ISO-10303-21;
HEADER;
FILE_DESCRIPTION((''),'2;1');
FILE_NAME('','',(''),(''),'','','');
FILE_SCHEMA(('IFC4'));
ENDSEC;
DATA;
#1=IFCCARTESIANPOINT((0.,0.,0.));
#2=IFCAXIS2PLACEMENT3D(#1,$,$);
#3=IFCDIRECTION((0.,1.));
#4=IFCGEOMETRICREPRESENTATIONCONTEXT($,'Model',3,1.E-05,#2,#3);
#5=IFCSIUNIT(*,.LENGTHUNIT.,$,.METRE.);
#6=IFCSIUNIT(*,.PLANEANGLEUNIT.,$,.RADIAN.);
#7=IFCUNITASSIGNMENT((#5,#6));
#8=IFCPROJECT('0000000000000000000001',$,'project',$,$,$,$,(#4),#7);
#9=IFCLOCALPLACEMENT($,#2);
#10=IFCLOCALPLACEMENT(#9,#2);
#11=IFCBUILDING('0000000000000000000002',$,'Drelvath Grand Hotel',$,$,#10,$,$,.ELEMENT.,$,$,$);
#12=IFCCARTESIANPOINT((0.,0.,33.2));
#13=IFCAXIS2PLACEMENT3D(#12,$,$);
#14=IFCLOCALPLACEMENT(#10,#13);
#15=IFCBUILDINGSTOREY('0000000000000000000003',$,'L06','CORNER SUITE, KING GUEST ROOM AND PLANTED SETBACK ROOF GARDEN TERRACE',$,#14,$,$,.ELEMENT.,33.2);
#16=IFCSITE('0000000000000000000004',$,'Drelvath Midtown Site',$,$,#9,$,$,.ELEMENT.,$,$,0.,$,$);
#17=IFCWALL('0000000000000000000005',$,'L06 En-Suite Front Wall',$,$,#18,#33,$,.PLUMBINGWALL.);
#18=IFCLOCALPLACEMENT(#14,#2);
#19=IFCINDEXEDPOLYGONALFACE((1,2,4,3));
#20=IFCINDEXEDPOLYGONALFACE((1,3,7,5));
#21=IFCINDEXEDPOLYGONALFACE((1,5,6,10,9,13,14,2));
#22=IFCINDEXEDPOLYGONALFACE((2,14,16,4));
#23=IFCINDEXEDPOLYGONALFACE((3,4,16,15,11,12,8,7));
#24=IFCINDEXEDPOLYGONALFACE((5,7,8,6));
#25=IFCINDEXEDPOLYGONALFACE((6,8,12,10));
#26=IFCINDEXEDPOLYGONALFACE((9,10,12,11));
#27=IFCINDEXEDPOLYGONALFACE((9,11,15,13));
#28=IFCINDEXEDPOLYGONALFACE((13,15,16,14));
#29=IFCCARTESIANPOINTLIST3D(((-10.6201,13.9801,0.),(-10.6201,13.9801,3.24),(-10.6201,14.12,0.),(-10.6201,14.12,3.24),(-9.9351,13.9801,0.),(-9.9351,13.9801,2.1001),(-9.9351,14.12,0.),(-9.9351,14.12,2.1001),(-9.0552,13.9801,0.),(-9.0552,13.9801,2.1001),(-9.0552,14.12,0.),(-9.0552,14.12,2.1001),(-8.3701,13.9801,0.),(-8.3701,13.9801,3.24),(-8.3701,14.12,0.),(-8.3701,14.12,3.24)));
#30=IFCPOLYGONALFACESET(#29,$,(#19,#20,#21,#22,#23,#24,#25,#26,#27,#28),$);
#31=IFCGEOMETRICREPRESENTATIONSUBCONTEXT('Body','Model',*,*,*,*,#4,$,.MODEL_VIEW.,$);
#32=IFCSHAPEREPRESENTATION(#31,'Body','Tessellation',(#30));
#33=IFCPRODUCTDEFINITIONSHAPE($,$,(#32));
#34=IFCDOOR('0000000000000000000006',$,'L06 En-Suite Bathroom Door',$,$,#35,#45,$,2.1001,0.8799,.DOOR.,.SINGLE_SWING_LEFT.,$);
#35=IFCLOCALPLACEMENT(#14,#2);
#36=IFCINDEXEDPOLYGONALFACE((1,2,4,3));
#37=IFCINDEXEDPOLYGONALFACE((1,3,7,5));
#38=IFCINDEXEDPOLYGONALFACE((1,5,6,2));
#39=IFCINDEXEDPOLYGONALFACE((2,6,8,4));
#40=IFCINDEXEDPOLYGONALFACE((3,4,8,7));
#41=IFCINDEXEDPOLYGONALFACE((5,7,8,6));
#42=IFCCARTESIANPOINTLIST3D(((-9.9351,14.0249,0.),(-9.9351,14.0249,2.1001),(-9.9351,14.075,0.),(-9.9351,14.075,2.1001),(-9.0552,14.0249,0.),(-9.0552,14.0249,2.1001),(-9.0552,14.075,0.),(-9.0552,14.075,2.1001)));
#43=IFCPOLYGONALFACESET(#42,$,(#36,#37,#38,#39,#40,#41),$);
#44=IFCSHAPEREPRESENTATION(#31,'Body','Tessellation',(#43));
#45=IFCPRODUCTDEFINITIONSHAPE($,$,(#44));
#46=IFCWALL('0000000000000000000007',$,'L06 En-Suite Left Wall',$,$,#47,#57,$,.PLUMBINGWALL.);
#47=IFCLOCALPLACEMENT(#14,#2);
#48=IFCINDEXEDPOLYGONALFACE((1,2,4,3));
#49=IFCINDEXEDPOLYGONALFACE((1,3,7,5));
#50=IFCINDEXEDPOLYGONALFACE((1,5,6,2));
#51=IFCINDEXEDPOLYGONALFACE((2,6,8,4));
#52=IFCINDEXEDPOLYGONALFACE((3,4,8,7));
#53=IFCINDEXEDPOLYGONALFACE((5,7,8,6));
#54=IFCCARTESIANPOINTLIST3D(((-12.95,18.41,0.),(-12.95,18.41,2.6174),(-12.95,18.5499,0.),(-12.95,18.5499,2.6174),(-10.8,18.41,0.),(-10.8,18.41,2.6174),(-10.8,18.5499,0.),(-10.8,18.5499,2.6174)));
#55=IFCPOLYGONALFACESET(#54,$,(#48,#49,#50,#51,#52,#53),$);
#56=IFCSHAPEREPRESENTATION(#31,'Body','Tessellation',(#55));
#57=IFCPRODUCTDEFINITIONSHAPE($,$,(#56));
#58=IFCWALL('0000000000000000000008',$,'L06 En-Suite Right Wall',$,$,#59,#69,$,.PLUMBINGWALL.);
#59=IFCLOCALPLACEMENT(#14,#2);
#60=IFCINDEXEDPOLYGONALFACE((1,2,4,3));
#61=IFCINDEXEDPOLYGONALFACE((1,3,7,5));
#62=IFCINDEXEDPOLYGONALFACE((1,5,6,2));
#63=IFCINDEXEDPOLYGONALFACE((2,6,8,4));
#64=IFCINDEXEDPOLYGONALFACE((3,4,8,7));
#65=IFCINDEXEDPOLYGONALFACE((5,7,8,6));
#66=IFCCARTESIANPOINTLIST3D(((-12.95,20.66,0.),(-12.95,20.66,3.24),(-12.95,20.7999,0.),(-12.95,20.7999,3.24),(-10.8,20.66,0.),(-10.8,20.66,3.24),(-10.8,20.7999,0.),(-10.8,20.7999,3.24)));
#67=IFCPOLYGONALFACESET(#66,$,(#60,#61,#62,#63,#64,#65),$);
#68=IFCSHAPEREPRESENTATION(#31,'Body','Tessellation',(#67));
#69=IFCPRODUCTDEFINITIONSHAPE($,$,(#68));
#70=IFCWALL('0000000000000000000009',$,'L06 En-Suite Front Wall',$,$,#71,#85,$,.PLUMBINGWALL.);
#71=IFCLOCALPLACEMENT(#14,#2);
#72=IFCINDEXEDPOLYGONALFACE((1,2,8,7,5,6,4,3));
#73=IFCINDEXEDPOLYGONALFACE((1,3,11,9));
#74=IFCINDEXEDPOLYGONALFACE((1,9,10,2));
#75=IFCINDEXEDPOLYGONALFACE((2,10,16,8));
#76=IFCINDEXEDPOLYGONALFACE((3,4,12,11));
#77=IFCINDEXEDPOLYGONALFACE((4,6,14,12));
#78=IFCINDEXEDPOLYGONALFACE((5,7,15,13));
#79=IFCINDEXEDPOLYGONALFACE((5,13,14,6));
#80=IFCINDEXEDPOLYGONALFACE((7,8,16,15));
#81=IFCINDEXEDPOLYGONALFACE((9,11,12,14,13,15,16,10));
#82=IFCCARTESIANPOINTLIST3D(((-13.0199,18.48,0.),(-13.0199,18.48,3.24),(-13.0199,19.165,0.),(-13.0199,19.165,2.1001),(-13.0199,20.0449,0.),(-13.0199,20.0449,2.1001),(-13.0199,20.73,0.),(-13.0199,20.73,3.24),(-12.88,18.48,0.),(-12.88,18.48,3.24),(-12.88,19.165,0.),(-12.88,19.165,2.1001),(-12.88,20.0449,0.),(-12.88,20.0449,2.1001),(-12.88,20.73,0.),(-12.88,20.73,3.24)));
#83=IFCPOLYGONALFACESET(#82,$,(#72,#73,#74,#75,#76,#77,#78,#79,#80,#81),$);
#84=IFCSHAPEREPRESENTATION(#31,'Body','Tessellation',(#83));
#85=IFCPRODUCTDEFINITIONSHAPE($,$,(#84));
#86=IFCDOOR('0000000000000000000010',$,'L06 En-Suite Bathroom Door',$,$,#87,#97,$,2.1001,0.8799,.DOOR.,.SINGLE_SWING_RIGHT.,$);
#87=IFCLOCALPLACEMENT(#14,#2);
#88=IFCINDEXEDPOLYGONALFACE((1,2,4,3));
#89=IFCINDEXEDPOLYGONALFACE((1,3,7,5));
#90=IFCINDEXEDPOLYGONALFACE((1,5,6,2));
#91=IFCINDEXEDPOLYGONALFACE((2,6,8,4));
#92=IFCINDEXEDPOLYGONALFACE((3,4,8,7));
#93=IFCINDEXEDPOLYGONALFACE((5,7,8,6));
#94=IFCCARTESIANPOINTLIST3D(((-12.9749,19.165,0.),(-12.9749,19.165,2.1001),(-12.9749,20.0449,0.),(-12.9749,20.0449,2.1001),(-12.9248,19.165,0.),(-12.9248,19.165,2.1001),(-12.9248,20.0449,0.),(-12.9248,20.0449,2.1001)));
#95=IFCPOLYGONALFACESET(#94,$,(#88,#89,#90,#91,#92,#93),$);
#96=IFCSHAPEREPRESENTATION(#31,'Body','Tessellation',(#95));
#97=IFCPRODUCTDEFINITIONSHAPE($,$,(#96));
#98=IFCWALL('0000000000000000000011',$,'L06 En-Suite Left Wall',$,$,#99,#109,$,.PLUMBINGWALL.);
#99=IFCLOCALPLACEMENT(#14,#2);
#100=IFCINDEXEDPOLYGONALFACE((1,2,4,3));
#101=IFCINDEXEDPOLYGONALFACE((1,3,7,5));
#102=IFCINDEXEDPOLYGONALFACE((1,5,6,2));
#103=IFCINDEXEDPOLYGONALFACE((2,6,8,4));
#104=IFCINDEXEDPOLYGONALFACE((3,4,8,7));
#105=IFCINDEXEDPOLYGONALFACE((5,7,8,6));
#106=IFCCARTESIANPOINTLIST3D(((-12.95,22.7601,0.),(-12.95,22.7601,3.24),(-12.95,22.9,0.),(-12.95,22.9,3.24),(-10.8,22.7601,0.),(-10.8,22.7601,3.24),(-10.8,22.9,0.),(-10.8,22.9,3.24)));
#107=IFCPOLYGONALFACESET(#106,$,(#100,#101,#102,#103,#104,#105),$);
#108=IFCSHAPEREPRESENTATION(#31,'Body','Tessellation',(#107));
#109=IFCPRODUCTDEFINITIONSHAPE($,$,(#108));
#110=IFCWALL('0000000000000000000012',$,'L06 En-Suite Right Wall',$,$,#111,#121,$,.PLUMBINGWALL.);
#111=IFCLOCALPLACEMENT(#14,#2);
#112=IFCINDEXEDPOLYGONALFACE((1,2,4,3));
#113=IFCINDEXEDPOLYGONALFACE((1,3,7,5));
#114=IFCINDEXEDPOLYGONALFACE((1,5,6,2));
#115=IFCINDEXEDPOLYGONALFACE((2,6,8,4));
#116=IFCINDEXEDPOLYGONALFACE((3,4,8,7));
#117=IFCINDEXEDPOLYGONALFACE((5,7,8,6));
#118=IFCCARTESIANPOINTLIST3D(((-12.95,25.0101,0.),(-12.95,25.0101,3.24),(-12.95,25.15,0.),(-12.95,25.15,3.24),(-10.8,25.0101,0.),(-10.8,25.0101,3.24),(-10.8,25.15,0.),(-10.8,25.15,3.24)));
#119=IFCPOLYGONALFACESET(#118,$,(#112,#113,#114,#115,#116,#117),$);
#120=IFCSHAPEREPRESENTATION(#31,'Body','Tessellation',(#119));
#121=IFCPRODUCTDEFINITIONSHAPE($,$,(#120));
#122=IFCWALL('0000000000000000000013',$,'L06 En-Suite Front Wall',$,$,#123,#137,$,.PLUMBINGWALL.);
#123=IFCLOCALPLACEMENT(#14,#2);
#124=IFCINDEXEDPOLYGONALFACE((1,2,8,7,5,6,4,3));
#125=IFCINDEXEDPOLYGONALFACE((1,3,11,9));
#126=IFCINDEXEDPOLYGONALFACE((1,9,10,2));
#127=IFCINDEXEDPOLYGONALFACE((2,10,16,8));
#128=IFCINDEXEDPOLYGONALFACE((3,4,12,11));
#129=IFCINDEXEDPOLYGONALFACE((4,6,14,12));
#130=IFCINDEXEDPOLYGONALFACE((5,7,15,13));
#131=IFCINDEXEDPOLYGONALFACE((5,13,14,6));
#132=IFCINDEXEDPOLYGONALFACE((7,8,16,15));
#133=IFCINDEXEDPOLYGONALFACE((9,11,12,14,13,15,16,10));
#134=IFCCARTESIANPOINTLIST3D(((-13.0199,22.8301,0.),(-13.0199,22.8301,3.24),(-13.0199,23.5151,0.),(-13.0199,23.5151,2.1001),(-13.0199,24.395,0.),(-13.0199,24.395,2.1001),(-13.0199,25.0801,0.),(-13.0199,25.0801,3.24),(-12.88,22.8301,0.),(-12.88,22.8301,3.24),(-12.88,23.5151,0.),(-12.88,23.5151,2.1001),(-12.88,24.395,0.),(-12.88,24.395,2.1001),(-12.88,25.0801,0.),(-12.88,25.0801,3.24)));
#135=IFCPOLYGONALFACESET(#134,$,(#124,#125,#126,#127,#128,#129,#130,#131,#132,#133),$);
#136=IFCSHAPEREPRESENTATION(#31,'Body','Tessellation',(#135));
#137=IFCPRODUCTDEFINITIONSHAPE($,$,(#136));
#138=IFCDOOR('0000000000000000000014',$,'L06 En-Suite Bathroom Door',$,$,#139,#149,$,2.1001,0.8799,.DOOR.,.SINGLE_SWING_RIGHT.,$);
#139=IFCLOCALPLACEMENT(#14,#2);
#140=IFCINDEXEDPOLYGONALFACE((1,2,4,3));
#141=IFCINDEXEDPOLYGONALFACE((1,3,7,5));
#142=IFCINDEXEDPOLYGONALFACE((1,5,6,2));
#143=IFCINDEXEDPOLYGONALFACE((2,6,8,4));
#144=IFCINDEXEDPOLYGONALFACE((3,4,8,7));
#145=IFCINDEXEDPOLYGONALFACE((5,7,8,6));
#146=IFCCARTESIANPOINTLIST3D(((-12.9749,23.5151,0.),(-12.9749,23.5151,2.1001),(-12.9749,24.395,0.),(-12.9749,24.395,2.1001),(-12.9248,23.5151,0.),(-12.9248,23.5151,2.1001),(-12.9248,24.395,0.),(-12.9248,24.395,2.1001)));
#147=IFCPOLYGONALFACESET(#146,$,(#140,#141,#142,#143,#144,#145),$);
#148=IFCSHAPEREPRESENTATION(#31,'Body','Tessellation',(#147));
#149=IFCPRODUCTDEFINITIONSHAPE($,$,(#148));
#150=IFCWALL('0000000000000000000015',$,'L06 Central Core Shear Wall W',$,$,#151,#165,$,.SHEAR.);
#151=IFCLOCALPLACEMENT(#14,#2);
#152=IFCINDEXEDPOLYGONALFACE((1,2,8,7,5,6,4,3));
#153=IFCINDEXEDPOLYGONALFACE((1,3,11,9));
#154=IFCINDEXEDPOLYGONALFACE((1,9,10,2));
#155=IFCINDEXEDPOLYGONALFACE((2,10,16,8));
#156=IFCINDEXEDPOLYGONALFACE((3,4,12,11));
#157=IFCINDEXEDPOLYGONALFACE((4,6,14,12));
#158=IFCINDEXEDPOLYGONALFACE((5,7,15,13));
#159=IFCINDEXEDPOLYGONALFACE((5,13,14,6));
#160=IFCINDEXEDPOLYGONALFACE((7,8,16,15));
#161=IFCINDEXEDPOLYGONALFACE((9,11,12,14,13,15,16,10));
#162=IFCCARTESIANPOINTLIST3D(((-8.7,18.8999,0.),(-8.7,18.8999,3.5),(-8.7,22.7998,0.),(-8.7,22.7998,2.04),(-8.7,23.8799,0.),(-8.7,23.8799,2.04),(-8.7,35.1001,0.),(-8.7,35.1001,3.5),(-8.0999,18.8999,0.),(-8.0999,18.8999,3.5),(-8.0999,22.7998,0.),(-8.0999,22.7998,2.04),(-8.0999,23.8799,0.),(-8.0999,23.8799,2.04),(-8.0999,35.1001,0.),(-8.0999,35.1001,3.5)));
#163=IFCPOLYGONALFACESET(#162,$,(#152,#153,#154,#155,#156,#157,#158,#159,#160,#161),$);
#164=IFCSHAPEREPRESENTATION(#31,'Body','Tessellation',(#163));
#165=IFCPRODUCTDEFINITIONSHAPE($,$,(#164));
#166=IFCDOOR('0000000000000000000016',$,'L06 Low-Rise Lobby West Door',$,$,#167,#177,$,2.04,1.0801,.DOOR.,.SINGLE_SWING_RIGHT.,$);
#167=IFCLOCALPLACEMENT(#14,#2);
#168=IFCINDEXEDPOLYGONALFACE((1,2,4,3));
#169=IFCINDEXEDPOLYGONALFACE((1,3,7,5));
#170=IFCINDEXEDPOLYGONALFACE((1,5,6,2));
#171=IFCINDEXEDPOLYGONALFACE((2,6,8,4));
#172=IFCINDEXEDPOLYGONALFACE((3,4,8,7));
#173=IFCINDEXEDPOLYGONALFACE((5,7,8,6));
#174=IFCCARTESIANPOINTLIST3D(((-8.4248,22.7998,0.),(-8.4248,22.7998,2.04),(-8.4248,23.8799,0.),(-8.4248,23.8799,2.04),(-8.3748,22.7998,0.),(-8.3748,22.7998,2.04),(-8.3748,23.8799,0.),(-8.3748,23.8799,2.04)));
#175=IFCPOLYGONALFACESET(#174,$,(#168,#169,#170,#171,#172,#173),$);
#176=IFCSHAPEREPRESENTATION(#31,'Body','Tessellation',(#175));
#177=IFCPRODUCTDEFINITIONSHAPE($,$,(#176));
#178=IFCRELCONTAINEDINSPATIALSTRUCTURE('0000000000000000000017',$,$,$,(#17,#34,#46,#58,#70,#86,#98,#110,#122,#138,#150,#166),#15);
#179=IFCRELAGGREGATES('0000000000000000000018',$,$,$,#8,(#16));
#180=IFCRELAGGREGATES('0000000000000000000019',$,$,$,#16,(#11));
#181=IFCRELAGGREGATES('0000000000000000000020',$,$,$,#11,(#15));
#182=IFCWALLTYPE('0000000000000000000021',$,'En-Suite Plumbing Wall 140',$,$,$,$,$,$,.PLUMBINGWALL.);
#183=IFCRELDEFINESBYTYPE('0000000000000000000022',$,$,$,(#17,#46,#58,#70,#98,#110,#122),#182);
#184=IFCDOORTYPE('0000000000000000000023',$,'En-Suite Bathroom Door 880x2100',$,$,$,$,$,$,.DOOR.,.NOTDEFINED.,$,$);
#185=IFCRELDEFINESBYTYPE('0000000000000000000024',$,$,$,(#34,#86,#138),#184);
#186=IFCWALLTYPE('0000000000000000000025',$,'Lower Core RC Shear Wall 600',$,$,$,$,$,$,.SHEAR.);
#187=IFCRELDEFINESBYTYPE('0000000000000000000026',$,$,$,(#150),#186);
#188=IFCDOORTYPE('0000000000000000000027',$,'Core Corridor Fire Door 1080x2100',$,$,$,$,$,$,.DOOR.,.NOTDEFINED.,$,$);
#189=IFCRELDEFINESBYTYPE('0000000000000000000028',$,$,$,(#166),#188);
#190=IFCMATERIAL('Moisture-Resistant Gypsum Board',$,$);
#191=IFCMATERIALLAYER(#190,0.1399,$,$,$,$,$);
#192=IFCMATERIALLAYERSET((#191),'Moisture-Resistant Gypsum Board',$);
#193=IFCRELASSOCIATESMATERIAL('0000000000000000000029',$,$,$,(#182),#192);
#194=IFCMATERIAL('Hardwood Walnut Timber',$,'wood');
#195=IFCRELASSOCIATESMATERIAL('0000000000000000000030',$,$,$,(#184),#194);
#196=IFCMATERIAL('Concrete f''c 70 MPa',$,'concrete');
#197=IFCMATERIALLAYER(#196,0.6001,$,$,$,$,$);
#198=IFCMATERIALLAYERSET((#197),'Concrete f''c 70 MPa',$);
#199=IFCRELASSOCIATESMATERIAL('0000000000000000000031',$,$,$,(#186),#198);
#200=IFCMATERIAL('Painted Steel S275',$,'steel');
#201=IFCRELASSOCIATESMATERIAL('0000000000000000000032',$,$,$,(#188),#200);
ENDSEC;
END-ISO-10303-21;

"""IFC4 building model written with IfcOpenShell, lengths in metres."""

from ifc_helpers import new_model, si_unit, direction, frame, frame_2d, origin, place, context, subcontext, project, spatial, rectangle, extrude, material, layer, layer_set, type_object, element, fill, save


model = new_model("IFC4")

# Units and contexts
model_context = context("Model", 3, precision=1e-05, world=origin(), true_north=direction((0.0, 1.0)))
body_context = subcontext(model_context, "Body", "Model", "MODEL_VIEW")
ifc_project = project(units=[si_unit("LENGTHUNIT", "METRE"), si_unit("PLANEANGLEUNIT", "RADIAN")], contexts=[model_context])

# Site, building, storey
site_placement = place(None, origin())
site = spatial("IfcSite", under=ifc_project, at=site_placement, Name="Drelvath Midtown Site", CompositionType="ELEMENT", RefElevation=0.0)
building_placement = place(site_placement, origin())
building = spatial("IfcBuilding", under=site, at=building_placement, Name="Drelvath Grand Hotel", CompositionType="ELEMENT")
storey_placement = place(building_placement, frame((0.0, 0.0, 33.2)))
storey = spatial("IfcBuildingStorey", under=building, at=storey_placement, Name="L06", Description="CORNER SUITE, KING GUEST ROOM AND PLANTED SETBACK ROOF GARDEN TERRACE", CompositionType="ELEMENT", Elevation=33.2)

# Shared definitions
ifc_material_1 = material(Name="Concrete f'c 70 MPa", Category="concrete")

# Shared definitions
ifc_material_2 = material(Name="Painted Steel S275", Category="steel")

# Shared definitions
ifc_material_3 = material(Name="Hardwood Walnut Timber", Category="wood")

# Shared definitions
ifc_material_4 = material(Name="Moisture-Resistant Gypsum Board")
ifc_layer_1 = layer(ifc_material_4, 0.1399)
ifc_layer_set_1 = layer_set([ifc_layer_1], Name="Moisture-Resistant Gypsum Board")
wall_type_1 = type_object("IfcWallType", Name="En-Suite Plumbing Wall 140", PredefinedType="PLUMBINGWALL", material=ifc_layer_set_1)

# Wall, opening, door
wall_1_placement = place(storey_placement, frame((-10.6201, 14.05, 0.0), z_axis=(0.0, 0.0, 1.0), x_axis=(1.0, 0.0, 0.0)))
wall_1 = element("IfcWall", 1, at=wall_1_placement, inside=storey, type_object=wall_type_1, Name="L06 En-Suite Front Wall", PredefinedType="PLUMBINGWALL", context=body_context, shape_type="SweptSolid", body=[
    extrude(rectangle(XDim=2.25, YDim=0.1399, at=frame_2d((1.125, 0.0))), origin(), (0.0, 0.0, 1.0), 3.24),
])
opening_1_placement = place(wall_1_placement, frame((0.6851, 0.0, 0.0)))
opening_1 = element("IfcOpeningElement", 2, at=opening_1_placement, cuts=wall_1, PredefinedType="OPENING", context=body_context, shape_type="SweptSolid", body=[
    extrude(rectangle(XDim=0.8799, YDim=2.1001, at=frame_2d((0.4399, 1.05))), frame((0.0, 0.0798, 0.0), z_axis=(0.0, -1.0, 0.0), x_axis=(1.0, 0.0, 0.0)), (0.0, 0.0, 1.0), 0.1599),
])
door_type_1 = type_object("IfcDoorType", Name="En-Suite Bathroom Door 880x2100", OperationType="NOTDEFINED", PredefinedType="DOOR", material=ifc_material_3)
door_1_placement = place(opening_1_placement, origin())
door_1 = element("IfcDoor", 3, at=door_1_placement, inside=storey, type_object=door_type_1, Name="L06 En-Suite Bathroom Door", OperationType="SINGLE_SWING_LEFT", OverallHeight=2.1001, OverallWidth=0.8799, PredefinedType="DOOR", context=body_context, shape_type="SweptSolid", body=[
    extrude(rectangle(XDim=0.8799, YDim=2.1001, at=frame_2d((0.4399, 1.05))), frame((0.0, 0.0249, 0.0), z_axis=(0.0, -1.0, 0.0), x_axis=(1.0, 0.0, 0.0)), (0.0, 0.0, 1.0), 0.05),
])
fill(opening_1, door_1)

# Walls
wall_2_placement = place(storey_placement, frame((-10.8, 18.48, 0.0), z_axis=(0.0, 0.0, 1.0), x_axis=(-1.0, 0.0, 0.0)))
element("IfcWall", 4, at=wall_2_placement, inside=storey, type_object=wall_type_1, Name="L06 En-Suite Left Wall", PredefinedType="PLUMBINGWALL", context=body_context, shape_type="SweptSolid", body=[
    extrude(rectangle(XDim=2.1499, YDim=0.1399, at=frame_2d((1.075, 0.0))), origin(), (0.0, 0.0, 1.0), 2.6174),
])
wall_3_placement = place(storey_placement, frame((-10.8, 20.73, 0.0), z_axis=(0.0, 0.0, 1.0), x_axis=(-1.0, 0.0, 0.0)))
element("IfcWall", 5, at=wall_3_placement, inside=storey, type_object=wall_type_1, Name="L06 En-Suite Right Wall", PredefinedType="PLUMBINGWALL", context=body_context, shape_type="SweptSolid", body=[
    extrude(rectangle(XDim=2.1499, YDim=0.1399, at=frame_2d((1.075, 0.0))), origin(), (0.0, 0.0, 1.0), 3.24),
])

# Wall, opening, door
wall_4_placement = place(storey_placement, frame((-12.95, 18.48, 0.0), z_axis=(0.0, 0.0, 1.0), x_axis=(0.0, 1.0, 0.0)))
wall_4 = element("IfcWall", 6, at=wall_4_placement, inside=storey, type_object=wall_type_1, Name="L06 En-Suite Front Wall", PredefinedType="PLUMBINGWALL", context=body_context, shape_type="SweptSolid", body=[
    extrude(rectangle(XDim=2.25, YDim=0.1399, at=frame_2d((1.125, 0.0))), origin(), (0.0, 0.0, 1.0), 3.24),
])
opening_2_placement = place(wall_4_placement, frame((0.6851, 0.0, 0.0)))
opening_2 = element("IfcOpeningElement", 7, at=opening_2_placement, cuts=wall_4, PredefinedType="OPENING", context=body_context, shape_type="SweptSolid", body=[
    extrude(rectangle(XDim=0.8799, YDim=2.1001, at=frame_2d((0.4399, 1.05))), frame((0.0, 0.0798, 0.0), z_axis=(0.0, -1.0, 0.0), x_axis=(1.0, 0.0, 0.0)), (0.0, 0.0, 1.0), 0.1599),
])
door_2_placement = place(opening_2_placement, origin())
door_2 = element("IfcDoor", 8, at=door_2_placement, inside=storey, type_object=door_type_1, Name="L06 En-Suite Bathroom Door", OperationType="SINGLE_SWING_RIGHT", OverallHeight=2.1001, OverallWidth=0.8799, PredefinedType="DOOR", context=body_context, shape_type="SweptSolid", body=[
    extrude(rectangle(XDim=0.8799, YDim=2.1001, at=frame_2d((0.4399, 1.05))), frame((0.0, 0.0249, 0.0), z_axis=(0.0, -1.0, 0.0), x_axis=(1.0, 0.0, 0.0)), (0.0, 0.0, 1.0), 0.05),
])
fill(opening_2, door_2)

# Walls
for number, where, z_axis, x_axis, name in (
    (9, (-10.8, 22.8301, 0.0), (0.0, 0.0, 1.0), (-1.0, 0.0, 0.0), "L06 En-Suite Left Wall"),
    (10, (-10.8, 25.0801, 0.0), (0.0, 0.0, 1.0), (-1.0, 0.0, 0.0), "L06 En-Suite Right Wall"),
):
    element("IfcWall", number, at=place(storey_placement, frame(where, z_axis=z_axis, x_axis=x_axis)), inside=storey, type_object=wall_type_1, Name=name, PredefinedType="PLUMBINGWALL", context=body_context, shape_type="SweptSolid", body=[
        extrude(rectangle(XDim=2.1499, YDim=0.1399, at=frame_2d((1.075, 0.0))), origin(), (0.0, 0.0, 1.0), 3.24),
    ])

# Walls, openings, doors
wall_5_placement = place(storey_placement, frame((-12.95, 22.8301, 0.0), z_axis=(0.0, 0.0, 1.0), x_axis=(0.0, 1.0, 0.0)))
wall_5 = element("IfcWall", 11, at=wall_5_placement, inside=storey, type_object=wall_type_1, Name="L06 En-Suite Front Wall", PredefinedType="PLUMBINGWALL", context=body_context, shape_type="SweptSolid", body=[
    extrude(rectangle(XDim=2.25, YDim=0.1399, at=frame_2d((1.125, 0.0))), origin(), (0.0, 0.0, 1.0), 3.24),
])
opening_3_placement = place(wall_5_placement, frame((0.6851, 0.0, 0.0)))
opening_3 = element("IfcOpeningElement", 12, at=opening_3_placement, cuts=wall_5, PredefinedType="OPENING", context=body_context, shape_type="SweptSolid", body=[
    extrude(rectangle(XDim=0.8799, YDim=2.1001, at=frame_2d((0.4399, 1.05))), frame((0.0, 0.0798, 0.0), z_axis=(0.0, -1.0, 0.0), x_axis=(1.0, 0.0, 0.0)), (0.0, 0.0, 1.0), 0.1599),
])
door_3_placement = place(opening_3_placement, origin())
door_3 = element("IfcDoor", 13, at=door_3_placement, inside=storey, type_object=door_type_1, Name="L06 En-Suite Bathroom Door", OperationType="SINGLE_SWING_RIGHT", OverallHeight=2.1001, OverallWidth=0.8799, PredefinedType="DOOR", context=body_context, shape_type="SweptSolid", body=[
    extrude(rectangle(XDim=0.8799, YDim=2.1001, at=frame_2d((0.4399, 1.05))), frame((0.0, 0.0249, 0.0), z_axis=(0.0, -1.0, 0.0), x_axis=(1.0, 0.0, 0.0)), (0.0, 0.0, 1.0), 0.05),
])
fill(opening_3, door_3)
ifc_layer_2 = layer(ifc_material_1, 0.6001)
ifc_layer_set_2 = layer_set([ifc_layer_2], Name="Concrete f'c 70 MPa")
wall_type_2 = type_object("IfcWallType", Name="Lower Core RC Shear Wall 600", PredefinedType="SHEAR", material=ifc_layer_set_2)
wall_6_placement = place(storey_placement, frame((-8.3999, 18.8999, 0.0), z_axis=(0.0, 0.0, 1.0), x_axis=(0.0, 1.0, 0.0)))
wall_6 = element("IfcWall", 14, at=wall_6_placement, inside=storey, type_object=wall_type_2, Name="L06 Central Core Shear Wall W", PredefinedType="SHEAR", context=body_context, shape_type="SweptSolid", body=[
    extrude(rectangle(XDim=16.2002, YDim=0.6001, at=frame_2d((8.1001, 0.0))), origin(), (0.0, 0.0, 1.0), 3.5),
])
opening_4_placement = place(wall_6_placement, frame((3.8999, 0.0, 0.0)))
opening_4 = element("IfcOpeningElement", 15, at=opening_4_placement, cuts=wall_6, PredefinedType="OPENING", context=body_context, shape_type="SweptSolid", body=[
    extrude(rectangle(XDim=1.0801, YDim=2.04, at=frame_2d((0.54, 1.02))), frame((0.0, 0.3101, 0.0), z_axis=(0.0, -1.0, 0.0), x_axis=(1.0, 0.0, 0.0)), (0.0, 0.0, 1.0), 0.6201),
])
door_type_2 = type_object("IfcDoorType", Name="Core Corridor Fire Door 1080x2100", OperationType="NOTDEFINED", PredefinedType="DOOR", material=ifc_material_2)
door_4_placement = place(opening_4_placement, origin())
door_4 = element("IfcDoor", 16, at=door_4_placement, inside=storey, type_object=door_type_2, Name="L06 Low-Rise Lobby West Door", OperationType="SINGLE_SWING_RIGHT", OverallHeight=2.04, OverallWidth=1.0801, PredefinedType="DOOR", context=body_context, shape_type="SweptSolid", body=[
    extrude(rectangle(XDim=1.0801, YDim=2.04, at=frame_2d((0.54, 1.02))), frame((0.0, 0.0249, 0.0), z_axis=(0.0, -1.0, 0.0), x_axis=(1.0, 0.0, 0.0)), (0.0, 0.0, 1.0), 0.05),
])
fill(opening_4, door_4)

save(model, "model.ifc")
